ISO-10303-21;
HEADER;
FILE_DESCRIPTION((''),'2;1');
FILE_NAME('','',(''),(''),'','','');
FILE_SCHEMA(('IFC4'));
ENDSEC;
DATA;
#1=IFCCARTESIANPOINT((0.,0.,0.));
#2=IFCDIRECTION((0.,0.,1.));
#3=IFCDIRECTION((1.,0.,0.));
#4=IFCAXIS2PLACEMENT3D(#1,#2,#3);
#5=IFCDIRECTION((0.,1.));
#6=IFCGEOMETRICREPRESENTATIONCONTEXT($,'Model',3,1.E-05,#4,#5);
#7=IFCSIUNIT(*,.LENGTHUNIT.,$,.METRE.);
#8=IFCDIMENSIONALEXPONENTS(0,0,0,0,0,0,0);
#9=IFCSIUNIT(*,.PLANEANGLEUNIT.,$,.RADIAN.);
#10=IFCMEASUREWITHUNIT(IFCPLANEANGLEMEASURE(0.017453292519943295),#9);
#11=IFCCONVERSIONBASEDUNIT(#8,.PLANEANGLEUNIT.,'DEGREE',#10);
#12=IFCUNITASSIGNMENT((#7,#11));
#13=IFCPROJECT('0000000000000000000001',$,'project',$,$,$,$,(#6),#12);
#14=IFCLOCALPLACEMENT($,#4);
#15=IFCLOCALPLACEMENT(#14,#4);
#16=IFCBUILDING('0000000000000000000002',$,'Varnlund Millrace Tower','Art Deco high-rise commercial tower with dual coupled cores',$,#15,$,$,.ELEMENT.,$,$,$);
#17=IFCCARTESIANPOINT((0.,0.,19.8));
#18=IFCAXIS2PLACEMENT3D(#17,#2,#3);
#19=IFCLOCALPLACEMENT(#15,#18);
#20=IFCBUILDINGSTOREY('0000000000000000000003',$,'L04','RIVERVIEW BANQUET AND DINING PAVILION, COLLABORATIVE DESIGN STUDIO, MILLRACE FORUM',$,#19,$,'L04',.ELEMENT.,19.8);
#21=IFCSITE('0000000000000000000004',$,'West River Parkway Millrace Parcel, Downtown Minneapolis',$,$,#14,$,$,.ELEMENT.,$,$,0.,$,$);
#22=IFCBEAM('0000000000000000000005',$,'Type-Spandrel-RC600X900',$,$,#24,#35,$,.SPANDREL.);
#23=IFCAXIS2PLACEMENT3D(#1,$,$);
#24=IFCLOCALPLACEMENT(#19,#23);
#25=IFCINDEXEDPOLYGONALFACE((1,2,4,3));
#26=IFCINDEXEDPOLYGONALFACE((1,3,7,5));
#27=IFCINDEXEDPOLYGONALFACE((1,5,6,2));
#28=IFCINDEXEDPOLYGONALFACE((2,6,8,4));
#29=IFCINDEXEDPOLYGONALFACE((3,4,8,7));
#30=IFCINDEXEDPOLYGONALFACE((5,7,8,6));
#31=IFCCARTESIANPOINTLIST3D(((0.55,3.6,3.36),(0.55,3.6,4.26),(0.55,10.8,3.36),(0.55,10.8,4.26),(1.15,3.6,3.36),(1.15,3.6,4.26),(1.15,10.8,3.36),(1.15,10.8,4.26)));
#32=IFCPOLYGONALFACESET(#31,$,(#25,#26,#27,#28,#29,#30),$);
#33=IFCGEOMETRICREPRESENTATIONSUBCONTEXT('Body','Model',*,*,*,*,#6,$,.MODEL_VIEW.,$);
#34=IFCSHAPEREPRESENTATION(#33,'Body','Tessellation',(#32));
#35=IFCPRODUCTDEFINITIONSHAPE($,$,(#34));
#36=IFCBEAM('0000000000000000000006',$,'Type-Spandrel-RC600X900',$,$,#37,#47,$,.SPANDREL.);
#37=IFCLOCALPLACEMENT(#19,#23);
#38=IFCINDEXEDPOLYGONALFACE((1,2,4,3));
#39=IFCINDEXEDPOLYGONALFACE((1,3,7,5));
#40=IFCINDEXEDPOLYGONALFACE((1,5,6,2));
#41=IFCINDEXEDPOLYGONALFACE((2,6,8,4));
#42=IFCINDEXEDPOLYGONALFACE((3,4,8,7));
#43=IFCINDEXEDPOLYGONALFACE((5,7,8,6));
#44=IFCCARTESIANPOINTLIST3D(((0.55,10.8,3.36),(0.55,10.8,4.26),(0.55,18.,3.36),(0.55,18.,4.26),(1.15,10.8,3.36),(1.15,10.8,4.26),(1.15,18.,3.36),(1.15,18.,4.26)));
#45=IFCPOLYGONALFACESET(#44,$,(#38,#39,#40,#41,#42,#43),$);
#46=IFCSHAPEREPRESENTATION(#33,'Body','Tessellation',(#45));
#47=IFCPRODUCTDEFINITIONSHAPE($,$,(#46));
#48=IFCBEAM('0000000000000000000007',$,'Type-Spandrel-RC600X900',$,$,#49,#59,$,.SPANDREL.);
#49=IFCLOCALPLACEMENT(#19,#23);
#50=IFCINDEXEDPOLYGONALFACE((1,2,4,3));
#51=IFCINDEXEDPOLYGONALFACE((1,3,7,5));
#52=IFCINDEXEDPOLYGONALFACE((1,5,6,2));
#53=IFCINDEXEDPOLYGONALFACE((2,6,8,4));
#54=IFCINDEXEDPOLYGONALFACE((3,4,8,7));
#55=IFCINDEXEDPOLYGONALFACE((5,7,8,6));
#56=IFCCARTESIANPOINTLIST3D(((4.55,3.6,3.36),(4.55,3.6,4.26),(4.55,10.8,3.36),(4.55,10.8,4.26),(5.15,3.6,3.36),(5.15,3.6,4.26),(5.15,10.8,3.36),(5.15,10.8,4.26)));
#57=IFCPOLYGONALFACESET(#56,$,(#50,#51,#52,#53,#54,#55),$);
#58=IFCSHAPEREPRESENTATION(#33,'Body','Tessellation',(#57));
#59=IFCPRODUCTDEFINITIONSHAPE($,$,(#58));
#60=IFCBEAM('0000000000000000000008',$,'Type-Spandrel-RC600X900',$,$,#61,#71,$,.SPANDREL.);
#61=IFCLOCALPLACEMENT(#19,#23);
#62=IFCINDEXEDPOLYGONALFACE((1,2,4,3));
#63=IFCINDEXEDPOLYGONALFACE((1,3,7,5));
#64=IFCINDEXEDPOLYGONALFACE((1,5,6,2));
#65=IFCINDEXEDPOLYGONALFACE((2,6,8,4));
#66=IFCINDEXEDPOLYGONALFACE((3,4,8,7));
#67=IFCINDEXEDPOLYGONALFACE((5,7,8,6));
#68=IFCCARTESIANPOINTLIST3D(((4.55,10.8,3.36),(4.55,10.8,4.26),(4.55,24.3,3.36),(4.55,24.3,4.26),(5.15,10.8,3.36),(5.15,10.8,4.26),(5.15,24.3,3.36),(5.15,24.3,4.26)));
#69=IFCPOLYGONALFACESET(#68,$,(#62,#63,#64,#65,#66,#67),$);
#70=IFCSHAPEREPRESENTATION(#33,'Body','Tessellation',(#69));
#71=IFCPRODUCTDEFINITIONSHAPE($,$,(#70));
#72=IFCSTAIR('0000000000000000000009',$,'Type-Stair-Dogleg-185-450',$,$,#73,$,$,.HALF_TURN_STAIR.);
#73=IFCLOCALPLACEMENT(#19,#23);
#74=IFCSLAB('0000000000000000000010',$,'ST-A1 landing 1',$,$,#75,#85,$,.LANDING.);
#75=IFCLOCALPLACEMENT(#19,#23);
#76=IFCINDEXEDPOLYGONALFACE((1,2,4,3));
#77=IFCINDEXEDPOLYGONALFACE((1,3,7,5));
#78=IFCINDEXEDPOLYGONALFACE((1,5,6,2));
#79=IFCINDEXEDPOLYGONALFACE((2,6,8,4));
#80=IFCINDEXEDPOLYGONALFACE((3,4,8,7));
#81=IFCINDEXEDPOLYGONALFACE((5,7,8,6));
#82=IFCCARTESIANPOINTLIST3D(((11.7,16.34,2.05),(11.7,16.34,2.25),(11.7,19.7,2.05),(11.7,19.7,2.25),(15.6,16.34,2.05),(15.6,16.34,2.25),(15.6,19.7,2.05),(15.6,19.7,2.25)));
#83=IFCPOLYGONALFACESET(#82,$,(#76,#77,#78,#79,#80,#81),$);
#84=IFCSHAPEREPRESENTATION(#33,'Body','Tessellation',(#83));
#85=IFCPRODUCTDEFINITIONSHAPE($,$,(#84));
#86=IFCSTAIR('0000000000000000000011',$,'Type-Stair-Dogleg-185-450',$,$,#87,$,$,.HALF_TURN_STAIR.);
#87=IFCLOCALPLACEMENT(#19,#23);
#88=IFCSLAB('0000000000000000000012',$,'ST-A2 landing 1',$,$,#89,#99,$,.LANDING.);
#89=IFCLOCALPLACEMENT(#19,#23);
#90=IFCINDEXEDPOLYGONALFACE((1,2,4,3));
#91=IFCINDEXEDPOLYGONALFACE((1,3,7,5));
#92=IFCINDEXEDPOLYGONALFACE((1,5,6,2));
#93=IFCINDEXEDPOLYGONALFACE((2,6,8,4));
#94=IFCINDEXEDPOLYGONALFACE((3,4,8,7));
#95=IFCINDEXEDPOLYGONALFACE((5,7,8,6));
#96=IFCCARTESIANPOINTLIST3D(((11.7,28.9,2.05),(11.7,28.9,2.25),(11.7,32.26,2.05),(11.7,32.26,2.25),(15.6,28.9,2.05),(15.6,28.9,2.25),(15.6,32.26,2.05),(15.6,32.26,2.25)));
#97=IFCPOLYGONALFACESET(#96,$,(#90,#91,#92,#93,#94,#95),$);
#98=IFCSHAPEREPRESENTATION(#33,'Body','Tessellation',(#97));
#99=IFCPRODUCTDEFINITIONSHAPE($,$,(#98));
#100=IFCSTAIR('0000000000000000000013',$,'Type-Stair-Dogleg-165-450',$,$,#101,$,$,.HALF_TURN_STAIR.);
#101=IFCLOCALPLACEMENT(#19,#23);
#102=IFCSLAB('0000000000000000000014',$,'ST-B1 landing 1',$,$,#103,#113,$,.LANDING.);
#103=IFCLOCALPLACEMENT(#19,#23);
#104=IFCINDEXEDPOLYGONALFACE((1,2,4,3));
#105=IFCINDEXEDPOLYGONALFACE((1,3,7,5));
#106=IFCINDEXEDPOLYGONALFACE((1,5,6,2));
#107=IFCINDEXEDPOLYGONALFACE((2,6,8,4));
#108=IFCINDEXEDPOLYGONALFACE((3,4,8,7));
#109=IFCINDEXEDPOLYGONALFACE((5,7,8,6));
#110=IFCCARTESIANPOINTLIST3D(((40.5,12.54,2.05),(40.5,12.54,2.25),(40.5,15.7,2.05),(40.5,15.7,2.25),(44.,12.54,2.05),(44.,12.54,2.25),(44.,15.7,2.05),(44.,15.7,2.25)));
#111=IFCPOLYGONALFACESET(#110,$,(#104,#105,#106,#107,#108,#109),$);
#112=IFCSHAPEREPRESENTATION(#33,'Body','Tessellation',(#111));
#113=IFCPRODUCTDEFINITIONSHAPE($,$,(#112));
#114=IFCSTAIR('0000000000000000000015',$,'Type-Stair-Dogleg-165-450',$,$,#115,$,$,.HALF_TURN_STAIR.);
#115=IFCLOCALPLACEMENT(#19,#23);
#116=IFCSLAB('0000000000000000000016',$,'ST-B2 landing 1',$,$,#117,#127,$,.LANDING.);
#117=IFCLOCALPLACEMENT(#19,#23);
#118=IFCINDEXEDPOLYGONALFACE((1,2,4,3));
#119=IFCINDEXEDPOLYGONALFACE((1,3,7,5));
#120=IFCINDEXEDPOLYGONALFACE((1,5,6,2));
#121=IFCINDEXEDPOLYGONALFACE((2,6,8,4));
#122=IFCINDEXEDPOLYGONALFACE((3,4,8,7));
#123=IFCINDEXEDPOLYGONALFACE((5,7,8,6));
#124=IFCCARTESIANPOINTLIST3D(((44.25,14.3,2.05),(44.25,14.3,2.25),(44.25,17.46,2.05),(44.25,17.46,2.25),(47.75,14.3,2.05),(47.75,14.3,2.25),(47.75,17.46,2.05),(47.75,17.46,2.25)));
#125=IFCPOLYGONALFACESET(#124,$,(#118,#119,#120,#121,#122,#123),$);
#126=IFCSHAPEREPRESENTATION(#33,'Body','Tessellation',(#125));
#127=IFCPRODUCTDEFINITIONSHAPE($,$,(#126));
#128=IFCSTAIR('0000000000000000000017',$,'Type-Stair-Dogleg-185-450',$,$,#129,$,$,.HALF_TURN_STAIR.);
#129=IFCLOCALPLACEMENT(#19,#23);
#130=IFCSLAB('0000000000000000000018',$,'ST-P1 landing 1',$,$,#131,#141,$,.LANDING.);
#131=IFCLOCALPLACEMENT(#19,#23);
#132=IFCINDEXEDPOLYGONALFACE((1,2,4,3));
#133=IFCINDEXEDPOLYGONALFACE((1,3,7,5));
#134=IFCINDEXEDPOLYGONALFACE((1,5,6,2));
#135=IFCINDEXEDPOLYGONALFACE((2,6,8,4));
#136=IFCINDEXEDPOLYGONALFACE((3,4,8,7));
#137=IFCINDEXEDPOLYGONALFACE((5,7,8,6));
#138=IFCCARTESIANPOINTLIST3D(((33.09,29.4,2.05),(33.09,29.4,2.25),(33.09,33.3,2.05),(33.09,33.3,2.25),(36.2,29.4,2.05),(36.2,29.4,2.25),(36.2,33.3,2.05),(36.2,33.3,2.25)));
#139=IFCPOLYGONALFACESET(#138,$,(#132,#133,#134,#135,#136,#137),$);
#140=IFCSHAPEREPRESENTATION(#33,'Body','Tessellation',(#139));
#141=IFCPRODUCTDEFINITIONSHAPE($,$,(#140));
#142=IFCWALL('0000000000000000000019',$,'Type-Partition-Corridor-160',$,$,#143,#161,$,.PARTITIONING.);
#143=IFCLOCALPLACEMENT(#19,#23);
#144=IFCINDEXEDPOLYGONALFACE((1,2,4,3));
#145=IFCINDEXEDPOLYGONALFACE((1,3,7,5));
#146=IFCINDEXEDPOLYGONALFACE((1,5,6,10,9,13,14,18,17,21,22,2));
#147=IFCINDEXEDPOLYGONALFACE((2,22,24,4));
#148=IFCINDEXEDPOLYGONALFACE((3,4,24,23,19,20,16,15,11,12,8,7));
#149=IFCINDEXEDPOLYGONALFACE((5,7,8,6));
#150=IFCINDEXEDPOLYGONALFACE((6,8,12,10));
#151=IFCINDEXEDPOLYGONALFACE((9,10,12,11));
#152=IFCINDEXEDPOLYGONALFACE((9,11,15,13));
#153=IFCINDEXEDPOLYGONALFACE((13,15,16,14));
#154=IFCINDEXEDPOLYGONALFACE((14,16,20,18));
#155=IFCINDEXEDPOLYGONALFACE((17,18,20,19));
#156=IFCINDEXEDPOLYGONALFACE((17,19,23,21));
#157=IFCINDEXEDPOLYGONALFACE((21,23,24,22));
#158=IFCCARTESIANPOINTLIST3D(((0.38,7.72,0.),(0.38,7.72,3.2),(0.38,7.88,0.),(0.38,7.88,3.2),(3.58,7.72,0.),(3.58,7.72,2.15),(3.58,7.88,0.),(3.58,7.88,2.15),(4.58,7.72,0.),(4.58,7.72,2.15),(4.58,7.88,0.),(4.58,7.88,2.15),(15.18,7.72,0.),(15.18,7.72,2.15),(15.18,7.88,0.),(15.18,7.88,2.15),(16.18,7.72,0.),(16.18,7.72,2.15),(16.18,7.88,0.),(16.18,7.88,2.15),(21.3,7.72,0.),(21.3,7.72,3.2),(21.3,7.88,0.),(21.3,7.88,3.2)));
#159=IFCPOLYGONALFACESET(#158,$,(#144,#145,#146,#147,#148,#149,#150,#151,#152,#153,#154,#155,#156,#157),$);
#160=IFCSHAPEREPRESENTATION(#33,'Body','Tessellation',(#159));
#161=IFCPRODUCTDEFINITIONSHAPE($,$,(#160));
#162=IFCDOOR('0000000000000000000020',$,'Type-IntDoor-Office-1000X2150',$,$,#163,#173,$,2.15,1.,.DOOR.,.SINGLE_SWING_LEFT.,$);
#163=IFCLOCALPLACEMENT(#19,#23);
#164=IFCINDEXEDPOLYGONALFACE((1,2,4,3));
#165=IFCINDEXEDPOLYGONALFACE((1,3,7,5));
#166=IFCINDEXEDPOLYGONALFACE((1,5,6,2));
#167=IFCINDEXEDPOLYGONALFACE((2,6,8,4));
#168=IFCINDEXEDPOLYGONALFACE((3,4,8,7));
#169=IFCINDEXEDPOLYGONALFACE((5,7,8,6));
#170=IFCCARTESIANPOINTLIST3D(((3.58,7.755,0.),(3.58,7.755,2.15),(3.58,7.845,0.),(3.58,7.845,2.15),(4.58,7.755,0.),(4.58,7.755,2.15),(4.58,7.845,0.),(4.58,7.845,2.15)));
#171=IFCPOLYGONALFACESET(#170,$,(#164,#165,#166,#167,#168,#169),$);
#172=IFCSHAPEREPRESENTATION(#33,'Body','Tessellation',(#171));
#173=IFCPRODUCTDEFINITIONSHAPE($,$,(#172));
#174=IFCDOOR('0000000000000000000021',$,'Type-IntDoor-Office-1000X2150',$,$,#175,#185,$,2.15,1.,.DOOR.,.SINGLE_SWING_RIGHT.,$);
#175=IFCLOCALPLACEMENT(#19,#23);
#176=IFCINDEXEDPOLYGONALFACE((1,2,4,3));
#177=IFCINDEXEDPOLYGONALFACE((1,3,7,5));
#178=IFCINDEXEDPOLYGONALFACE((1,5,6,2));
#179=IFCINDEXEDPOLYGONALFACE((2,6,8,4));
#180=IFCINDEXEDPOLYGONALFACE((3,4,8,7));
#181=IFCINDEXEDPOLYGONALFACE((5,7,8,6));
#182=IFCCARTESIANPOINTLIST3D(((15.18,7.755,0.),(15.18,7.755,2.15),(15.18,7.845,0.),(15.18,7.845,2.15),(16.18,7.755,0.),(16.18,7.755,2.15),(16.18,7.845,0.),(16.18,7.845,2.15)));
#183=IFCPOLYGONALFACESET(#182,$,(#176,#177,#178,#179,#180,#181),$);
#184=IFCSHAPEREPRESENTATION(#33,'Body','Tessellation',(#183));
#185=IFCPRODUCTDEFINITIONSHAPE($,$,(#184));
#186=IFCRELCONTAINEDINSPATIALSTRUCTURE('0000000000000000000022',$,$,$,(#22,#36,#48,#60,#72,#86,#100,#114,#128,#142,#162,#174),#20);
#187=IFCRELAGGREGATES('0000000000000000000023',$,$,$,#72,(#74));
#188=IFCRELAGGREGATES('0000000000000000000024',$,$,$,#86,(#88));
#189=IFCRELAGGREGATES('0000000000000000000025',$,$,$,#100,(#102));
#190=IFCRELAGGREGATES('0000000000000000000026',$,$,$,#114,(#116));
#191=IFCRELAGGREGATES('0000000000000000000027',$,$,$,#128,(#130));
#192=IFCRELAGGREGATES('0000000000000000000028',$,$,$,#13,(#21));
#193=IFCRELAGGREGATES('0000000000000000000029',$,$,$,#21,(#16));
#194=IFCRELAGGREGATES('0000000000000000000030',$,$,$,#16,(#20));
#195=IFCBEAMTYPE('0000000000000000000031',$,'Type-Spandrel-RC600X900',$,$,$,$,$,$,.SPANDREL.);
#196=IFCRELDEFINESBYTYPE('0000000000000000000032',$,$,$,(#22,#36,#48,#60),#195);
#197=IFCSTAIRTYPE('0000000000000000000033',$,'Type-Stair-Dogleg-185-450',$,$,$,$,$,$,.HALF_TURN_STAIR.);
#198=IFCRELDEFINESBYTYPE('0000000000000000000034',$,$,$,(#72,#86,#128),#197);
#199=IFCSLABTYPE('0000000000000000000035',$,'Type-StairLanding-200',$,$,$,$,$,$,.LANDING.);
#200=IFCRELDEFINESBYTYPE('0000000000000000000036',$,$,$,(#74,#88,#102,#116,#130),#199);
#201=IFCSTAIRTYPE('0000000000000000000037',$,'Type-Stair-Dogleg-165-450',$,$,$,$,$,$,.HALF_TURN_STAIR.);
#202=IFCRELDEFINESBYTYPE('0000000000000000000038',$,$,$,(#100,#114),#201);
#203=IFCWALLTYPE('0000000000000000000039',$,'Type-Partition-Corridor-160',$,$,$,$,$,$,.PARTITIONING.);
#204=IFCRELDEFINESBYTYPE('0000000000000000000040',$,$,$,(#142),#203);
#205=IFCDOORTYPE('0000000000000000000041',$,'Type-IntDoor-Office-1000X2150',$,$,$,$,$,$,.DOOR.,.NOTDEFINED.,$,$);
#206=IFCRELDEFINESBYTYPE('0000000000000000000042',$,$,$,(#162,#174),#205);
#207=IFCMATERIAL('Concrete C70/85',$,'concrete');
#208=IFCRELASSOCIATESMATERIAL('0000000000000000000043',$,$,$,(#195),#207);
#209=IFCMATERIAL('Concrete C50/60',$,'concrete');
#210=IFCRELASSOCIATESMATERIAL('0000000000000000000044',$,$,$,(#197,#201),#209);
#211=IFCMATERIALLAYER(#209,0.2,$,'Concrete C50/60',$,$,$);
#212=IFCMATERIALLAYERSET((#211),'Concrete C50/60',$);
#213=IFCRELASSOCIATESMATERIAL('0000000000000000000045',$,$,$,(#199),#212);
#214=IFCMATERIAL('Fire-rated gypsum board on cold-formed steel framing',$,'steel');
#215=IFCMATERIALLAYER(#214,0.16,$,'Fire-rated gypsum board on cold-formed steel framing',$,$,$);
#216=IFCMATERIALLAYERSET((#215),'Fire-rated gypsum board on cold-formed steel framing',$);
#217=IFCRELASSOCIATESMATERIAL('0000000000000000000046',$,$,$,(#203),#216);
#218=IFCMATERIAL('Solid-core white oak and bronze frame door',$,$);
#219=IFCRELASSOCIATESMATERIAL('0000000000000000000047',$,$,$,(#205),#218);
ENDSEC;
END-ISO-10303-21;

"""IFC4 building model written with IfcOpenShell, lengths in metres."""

from ifc_helpers import new_model, entity, si_unit, converted_unit, direction, frame, origin_with_axes, origin_2d_with_axis, place, context, subcontext, project, spatial, polyline, rectangle, outline, extrude, material, layer, layer_set, material_profile, profile_set, type_object, element, fill, aggregate, save


model = new_model("IFC4")

# Units and contexts
model_context = context("Model", 3, precision=1e-05, world=origin_with_axes(), true_north=direction((0.0, 1.0)))
body_context = subcontext(model_context, "Body", "Model", "MODEL_VIEW")
ifc_project = project(units=[si_unit("LENGTHUNIT", "METRE"), converted_unit("PLANEANGLEUNIT", "DEGREE", entity("IfcPlaneAngleMeasure", 0.017453292519943295), si_unit("PLANEANGLEUNIT", "RADIAN"), dimensions=[0, 0, 0, 0, 0, 0, 0])], contexts=[model_context])

# Site, building, storey
site_placement = place(None, origin_with_axes())
site = spatial("IfcSite", under=ifc_project, at=site_placement, Name="West River Parkway Millrace Parcel, Downtown Minneapolis", CompositionType="ELEMENT", RefElevation=0.0)
building_placement = place(site_placement, origin_with_axes())
building = spatial("IfcBuilding", under=site, at=building_placement, Name="Varnlund Millrace Tower", Description="Art Deco high-rise commercial tower with dual coupled cores", CompositionType="ELEMENT")
storey_placement = place(building_placement, frame((0.0, 0.0, 19.8), z_axis=(0.0, 0.0, 1.0), x_axis=(1.0, 0.0, 0.0)))
storey = spatial("IfcBuildingStorey", under=building, at=storey_placement, Name="L04", Description="RIVERVIEW BANQUET AND DINING PAVILION, COLLABORATIVE DESIGN STUDIO, MILLRACE FORUM", LongName="L04", CompositionType="ELEMENT", Elevation=19.8)

# Beams
ifc_material_1 = material(Name="Concrete C70/85", Category="concrete")
ifc_material_profile_1 = material_profile(ifc_material_1, rectangle(XDim=0.6, YDim=0.9, at=origin_2d_with_axis()), Name="Concrete C70/85")
ifc_profile_set_1 = profile_set([ifc_material_profile_1], Name="Concrete C70/85")
beam_type_1 = type_object("IfcBeamType", Name="Type-Spandrel-RC600X900", PredefinedType="SPANDREL", material=ifc_profile_set_1)
for number, where, z_axis, x_axis, name in (
    (1, (0.85, 3.6, 3.81), (0.0, 1.0, 0.0), (-1.0, 0.0, 0.0), "Type-Spandrel-RC600X900"),
    (2, (0.85, 10.8, 3.81), (0.0, 1.0, 0.0), (-1.0, 0.0, 0.0), "Type-Spandrel-RC600X900"),
    (3, (4.85, 3.6, 3.81), (0.0, 1.0, 0.0), (-1.0, 0.0, 0.0), "Type-Spandrel-RC600X900"),
):
    element("IfcBeam", number, at=place(storey_placement, frame(where, z_axis=z_axis, x_axis=x_axis)), inside=storey, type_object=beam_type_1, Name=name, PredefinedType="SPANDREL", context=body_context, shape_type="SweptSolid", body=[
        extrude(rectangle(XDim=0.6, YDim=0.9, at=origin_2d_with_axis()), origin_with_axes(), (0.0, 0.0, 1.0), 7.2),
    ])
beam_1_placement = place(storey_placement, frame((4.85, 10.8, 3.81), z_axis=(0.0, 1.0, 0.0), x_axis=(-1.0, 0.0, 0.0)))
element("IfcBeam", 4, at=beam_1_placement, inside=storey, type_object=beam_type_1, Name="Type-Spandrel-RC600X900", PredefinedType="SPANDREL", context=body_context, shape_type="SweptSolid", body=[
    extrude(rectangle(XDim=0.6, YDim=0.9, at=origin_2d_with_axis()), origin_with_axes(), (0.0, 0.0, 1.0), 13.5),
])

# Stairs, slabs
ifc_material_2 = material(Name="Concrete C50/60", Category="concrete")
stair_type_1 = type_object("IfcStairType", Name="Type-Stair-Dogleg-185-450", PredefinedType="HALF_TURN_STAIR", material=ifc_material_2)
stair_1_placement = place(storey_placement, origin_with_axes())
stair_1 = element("IfcStair", 5, at=stair_1_placement, inside=storey, type_object=stair_type_1, Name="Type-Stair-Dogleg-185-450", PredefinedType="HALF_TURN_STAIR")
ifc_layer_1 = layer(ifc_material_2, 0.2, Name="Concrete C50/60")
ifc_layer_set_1 = layer_set([ifc_layer_1], Name="Concrete C50/60")
slab_type = type_object("IfcSlabType", Name="Type-StairLanding-200", PredefinedType="LANDING", material=ifc_layer_set_1)
slab_1_placement = place(storey_placement, frame((0.0, 0.0, 2.05), z_axis=(0.0, 0.0, 1.0), x_axis=(1.0, 0.0, 0.0)))
slab_1 = element("IfcSlab", 6, at=slab_1_placement, type_object=slab_type, Name="ST-A1 landing 1", PredefinedType="LANDING", context=body_context, shape_type="SweptSolid", body=[
    extrude(outline(polyline([(15.6, 16.34), (15.6, 19.7), (11.7, 19.7), (11.7, 16.34), (15.6, 16.34)])), origin_with_axes(), (0.0, 0.0, 1.0), 0.2),
])
aggregate(stair_1, [slab_1])
stair_2_placement = place(storey_placement, origin_with_axes())
stair_2 = element("IfcStair", 7, at=stair_2_placement, inside=storey, type_object=stair_type_1, Name="Type-Stair-Dogleg-185-450", PredefinedType="HALF_TURN_STAIR")
slab_2_placement = place(storey_placement, frame((0.0, 0.0, 2.05), z_axis=(0.0, 0.0, 1.0), x_axis=(1.0, 0.0, 0.0)))
slab_2 = element("IfcSlab", 8, at=slab_2_placement, type_object=slab_type, Name="ST-A2 landing 1", PredefinedType="LANDING", context=body_context, shape_type="SweptSolid", body=[
    extrude(outline(polyline([(11.7, 32.26), (11.7, 28.9), (15.6, 28.9), (15.6, 32.26), (11.7, 32.26)])), origin_with_axes(), (0.0, 0.0, 1.0), 0.2),
])
aggregate(stair_2, [slab_2])
stair_type_2 = type_object("IfcStairType", Name="Type-Stair-Dogleg-165-450", PredefinedType="HALF_TURN_STAIR", material=ifc_material_2)
stair_3_placement = place(storey_placement, origin_with_axes())
stair_3 = element("IfcStair", 9, at=stair_3_placement, inside=storey, type_object=stair_type_2, Name="Type-Stair-Dogleg-165-450", PredefinedType="HALF_TURN_STAIR")
slab_3_placement = place(storey_placement, frame((0.0, 0.0, 2.05), z_axis=(0.0, 0.0, 1.0), x_axis=(1.0, 0.0, 0.0)))
slab_3 = element("IfcSlab", 10, at=slab_3_placement, type_object=slab_type, Name="ST-B1 landing 1", PredefinedType="LANDING", context=body_context, shape_type="SweptSolid", body=[
    extrude(outline(polyline([(44.0, 12.54), (44.0, 15.7), (40.5, 15.7), (40.5, 12.54), (44.0, 12.54)])), origin_with_axes(), (0.0, 0.0, 1.0), 0.2),
])
aggregate(stair_3, [slab_3])
stair_4_placement = place(storey_placement, origin_with_axes())
stair_4 = element("IfcStair", 11, at=stair_4_placement, inside=storey, type_object=stair_type_2, Name="Type-Stair-Dogleg-165-450", PredefinedType="HALF_TURN_STAIR")
slab_4_placement = place(storey_placement, frame((0.0, 0.0, 2.05), z_axis=(0.0, 0.0, 1.0), x_axis=(1.0, 0.0, 0.0)))
slab_4 = element("IfcSlab", 12, at=slab_4_placement, type_object=slab_type, Name="ST-B2 landing 1", PredefinedType="LANDING", context=body_context, shape_type="SweptSolid", body=[
    extrude(outline(polyline([(44.25, 17.46), (44.25, 14.3), (47.75, 14.3), (47.75, 17.46), (44.25, 17.46)])), origin_with_axes(), (0.0, 0.0, 1.0), 0.2),
])
aggregate(stair_4, [slab_4])
stair_5_placement = place(storey_placement, origin_with_axes())
stair_5 = element("IfcStair", 13, at=stair_5_placement, inside=storey, type_object=stair_type_1, Name="Type-Stair-Dogleg-185-450", PredefinedType="HALF_TURN_STAIR")
slab_5_placement = place(storey_placement, frame((0.0, 0.0, 2.05), z_axis=(0.0, 0.0, 1.0), x_axis=(1.0, 0.0, 0.0)))
slab_5 = element("IfcSlab", 14, at=slab_5_placement, type_object=slab_type, Name="ST-P1 landing 1", PredefinedType="LANDING", context=body_context, shape_type="SweptSolid", body=[
    extrude(outline(polyline([(33.09, 29.4), (36.2, 29.4), (36.2, 33.3), (33.09, 33.3), (33.09, 29.4)])), origin_with_axes(), (0.0, 0.0, 1.0), 0.2),
])
aggregate(stair_5, [slab_5])

# Wall, openings, doors
ifc_material_3 = material(Name="Fire-rated gypsum board on cold-formed steel framing", Category="steel")
ifc_layer_2 = layer(ifc_material_3, 0.16, Name="Fire-rated gypsum board on cold-formed steel framing")
ifc_layer_set_2 = layer_set([ifc_layer_2], Name="Fire-rated gypsum board on cold-formed steel framing")
wall_type = type_object("IfcWallType", Name="Type-Partition-Corridor-160", PredefinedType="PARTITIONING", material=ifc_layer_set_2)
wall_placement = place(storey_placement, frame((0.38, 7.8, 0.0), z_axis=(0.0, 0.0, 1.0), x_axis=(1.0, 0.0, 0.0)))
wall = element("IfcWall", 15, at=wall_placement, inside=storey, type_object=wall_type, Name="Type-Partition-Corridor-160", PredefinedType="PARTITIONING", context=body_context, shape_type="SweptSolid", body=[
    extrude(outline(polyline([(0.0, -0.08), (20.92, -0.08), (20.92, 0.08), (0.0, 0.08), (0.0, -0.08)])), origin_with_axes(), (0.0, 0.0, 1.0), 3.2),
])
opening_1_placement = place(wall_placement, frame((3.7, 0.0, 0.0), z_axis=(0.0, 0.0, 1.0), x_axis=(1.0, 0.0, 0.0)))
opening_1 = element("IfcOpeningElement", 16, at=opening_1_placement, cuts=wall, PredefinedType="OPENING", context=body_context, shape_type="SweptSolid", body=[
    extrude(rectangle(XDim=1.0, YDim=0.18, at=origin_2d_with_axis()), origin_with_axes(), (0.0, 0.0, 1.0), 2.15),
])
opening_2_placement = place(wall_placement, frame((15.3, 0.0, 0.0), z_axis=(0.0, 0.0, 1.0), x_axis=(1.0, 0.0, 0.0)))
opening_2 = element("IfcOpeningElement", 17, at=opening_2_placement, cuts=wall, PredefinedType="OPENING", context=body_context, shape_type="SweptSolid", body=[
    extrude(rectangle(XDim=1.0, YDim=0.18, at=origin_2d_with_axis()), origin_with_axes(), (0.0, 0.0, 1.0), 2.15),
])
ifc_material_4 = material(Name="Solid-core white oak and bronze frame door")
door_type = type_object("IfcDoorType", Name="Type-IntDoor-Office-1000X2150", OperationType="NOTDEFINED", PredefinedType="DOOR", material=ifc_material_4)
door_1_placement = place(wall_placement, frame((3.7, 0.0, 0.0), z_axis=(0.0, 0.0, 1.0), x_axis=(1.0, 0.0, 0.0)))
door_1 = element("IfcDoor", 18, at=door_1_placement, inside=storey, type_object=door_type, Name="Type-IntDoor-Office-1000X2150", OperationType="SINGLE_SWING_LEFT", OverallHeight=2.15, OverallWidth=1.0, PredefinedType="DOOR", context=body_context, shape_type="SweptSolid", body=[
    extrude(rectangle(XDim=1.0, YDim=0.09, at=origin_2d_with_axis()), origin_with_axes(), (0.0, 0.0, 1.0), 2.15),
])
fill(opening_1, door_1)
door_2_placement = place(wall_placement, frame((15.3, 0.0, 0.0), z_axis=(0.0, 0.0, 1.0), x_axis=(1.0, 0.0, 0.0)))
door_2 = element("IfcDoor", 19, at=door_2_placement, inside=storey, type_object=door_type, Name="Type-IntDoor-Office-1000X2150", OperationType="SINGLE_SWING_RIGHT", OverallHeight=2.15, OverallWidth=1.0, PredefinedType="DOOR", context=body_context, shape_type="SweptSolid", body=[
    extrude(rectangle(XDim=1.0, YDim=0.09, at=origin_2d_with_axis()), origin_with_axes(), (0.0, 0.0, 1.0), 2.15),
])
fill(opening_2, door_2)

save(model, "model.ifc")
